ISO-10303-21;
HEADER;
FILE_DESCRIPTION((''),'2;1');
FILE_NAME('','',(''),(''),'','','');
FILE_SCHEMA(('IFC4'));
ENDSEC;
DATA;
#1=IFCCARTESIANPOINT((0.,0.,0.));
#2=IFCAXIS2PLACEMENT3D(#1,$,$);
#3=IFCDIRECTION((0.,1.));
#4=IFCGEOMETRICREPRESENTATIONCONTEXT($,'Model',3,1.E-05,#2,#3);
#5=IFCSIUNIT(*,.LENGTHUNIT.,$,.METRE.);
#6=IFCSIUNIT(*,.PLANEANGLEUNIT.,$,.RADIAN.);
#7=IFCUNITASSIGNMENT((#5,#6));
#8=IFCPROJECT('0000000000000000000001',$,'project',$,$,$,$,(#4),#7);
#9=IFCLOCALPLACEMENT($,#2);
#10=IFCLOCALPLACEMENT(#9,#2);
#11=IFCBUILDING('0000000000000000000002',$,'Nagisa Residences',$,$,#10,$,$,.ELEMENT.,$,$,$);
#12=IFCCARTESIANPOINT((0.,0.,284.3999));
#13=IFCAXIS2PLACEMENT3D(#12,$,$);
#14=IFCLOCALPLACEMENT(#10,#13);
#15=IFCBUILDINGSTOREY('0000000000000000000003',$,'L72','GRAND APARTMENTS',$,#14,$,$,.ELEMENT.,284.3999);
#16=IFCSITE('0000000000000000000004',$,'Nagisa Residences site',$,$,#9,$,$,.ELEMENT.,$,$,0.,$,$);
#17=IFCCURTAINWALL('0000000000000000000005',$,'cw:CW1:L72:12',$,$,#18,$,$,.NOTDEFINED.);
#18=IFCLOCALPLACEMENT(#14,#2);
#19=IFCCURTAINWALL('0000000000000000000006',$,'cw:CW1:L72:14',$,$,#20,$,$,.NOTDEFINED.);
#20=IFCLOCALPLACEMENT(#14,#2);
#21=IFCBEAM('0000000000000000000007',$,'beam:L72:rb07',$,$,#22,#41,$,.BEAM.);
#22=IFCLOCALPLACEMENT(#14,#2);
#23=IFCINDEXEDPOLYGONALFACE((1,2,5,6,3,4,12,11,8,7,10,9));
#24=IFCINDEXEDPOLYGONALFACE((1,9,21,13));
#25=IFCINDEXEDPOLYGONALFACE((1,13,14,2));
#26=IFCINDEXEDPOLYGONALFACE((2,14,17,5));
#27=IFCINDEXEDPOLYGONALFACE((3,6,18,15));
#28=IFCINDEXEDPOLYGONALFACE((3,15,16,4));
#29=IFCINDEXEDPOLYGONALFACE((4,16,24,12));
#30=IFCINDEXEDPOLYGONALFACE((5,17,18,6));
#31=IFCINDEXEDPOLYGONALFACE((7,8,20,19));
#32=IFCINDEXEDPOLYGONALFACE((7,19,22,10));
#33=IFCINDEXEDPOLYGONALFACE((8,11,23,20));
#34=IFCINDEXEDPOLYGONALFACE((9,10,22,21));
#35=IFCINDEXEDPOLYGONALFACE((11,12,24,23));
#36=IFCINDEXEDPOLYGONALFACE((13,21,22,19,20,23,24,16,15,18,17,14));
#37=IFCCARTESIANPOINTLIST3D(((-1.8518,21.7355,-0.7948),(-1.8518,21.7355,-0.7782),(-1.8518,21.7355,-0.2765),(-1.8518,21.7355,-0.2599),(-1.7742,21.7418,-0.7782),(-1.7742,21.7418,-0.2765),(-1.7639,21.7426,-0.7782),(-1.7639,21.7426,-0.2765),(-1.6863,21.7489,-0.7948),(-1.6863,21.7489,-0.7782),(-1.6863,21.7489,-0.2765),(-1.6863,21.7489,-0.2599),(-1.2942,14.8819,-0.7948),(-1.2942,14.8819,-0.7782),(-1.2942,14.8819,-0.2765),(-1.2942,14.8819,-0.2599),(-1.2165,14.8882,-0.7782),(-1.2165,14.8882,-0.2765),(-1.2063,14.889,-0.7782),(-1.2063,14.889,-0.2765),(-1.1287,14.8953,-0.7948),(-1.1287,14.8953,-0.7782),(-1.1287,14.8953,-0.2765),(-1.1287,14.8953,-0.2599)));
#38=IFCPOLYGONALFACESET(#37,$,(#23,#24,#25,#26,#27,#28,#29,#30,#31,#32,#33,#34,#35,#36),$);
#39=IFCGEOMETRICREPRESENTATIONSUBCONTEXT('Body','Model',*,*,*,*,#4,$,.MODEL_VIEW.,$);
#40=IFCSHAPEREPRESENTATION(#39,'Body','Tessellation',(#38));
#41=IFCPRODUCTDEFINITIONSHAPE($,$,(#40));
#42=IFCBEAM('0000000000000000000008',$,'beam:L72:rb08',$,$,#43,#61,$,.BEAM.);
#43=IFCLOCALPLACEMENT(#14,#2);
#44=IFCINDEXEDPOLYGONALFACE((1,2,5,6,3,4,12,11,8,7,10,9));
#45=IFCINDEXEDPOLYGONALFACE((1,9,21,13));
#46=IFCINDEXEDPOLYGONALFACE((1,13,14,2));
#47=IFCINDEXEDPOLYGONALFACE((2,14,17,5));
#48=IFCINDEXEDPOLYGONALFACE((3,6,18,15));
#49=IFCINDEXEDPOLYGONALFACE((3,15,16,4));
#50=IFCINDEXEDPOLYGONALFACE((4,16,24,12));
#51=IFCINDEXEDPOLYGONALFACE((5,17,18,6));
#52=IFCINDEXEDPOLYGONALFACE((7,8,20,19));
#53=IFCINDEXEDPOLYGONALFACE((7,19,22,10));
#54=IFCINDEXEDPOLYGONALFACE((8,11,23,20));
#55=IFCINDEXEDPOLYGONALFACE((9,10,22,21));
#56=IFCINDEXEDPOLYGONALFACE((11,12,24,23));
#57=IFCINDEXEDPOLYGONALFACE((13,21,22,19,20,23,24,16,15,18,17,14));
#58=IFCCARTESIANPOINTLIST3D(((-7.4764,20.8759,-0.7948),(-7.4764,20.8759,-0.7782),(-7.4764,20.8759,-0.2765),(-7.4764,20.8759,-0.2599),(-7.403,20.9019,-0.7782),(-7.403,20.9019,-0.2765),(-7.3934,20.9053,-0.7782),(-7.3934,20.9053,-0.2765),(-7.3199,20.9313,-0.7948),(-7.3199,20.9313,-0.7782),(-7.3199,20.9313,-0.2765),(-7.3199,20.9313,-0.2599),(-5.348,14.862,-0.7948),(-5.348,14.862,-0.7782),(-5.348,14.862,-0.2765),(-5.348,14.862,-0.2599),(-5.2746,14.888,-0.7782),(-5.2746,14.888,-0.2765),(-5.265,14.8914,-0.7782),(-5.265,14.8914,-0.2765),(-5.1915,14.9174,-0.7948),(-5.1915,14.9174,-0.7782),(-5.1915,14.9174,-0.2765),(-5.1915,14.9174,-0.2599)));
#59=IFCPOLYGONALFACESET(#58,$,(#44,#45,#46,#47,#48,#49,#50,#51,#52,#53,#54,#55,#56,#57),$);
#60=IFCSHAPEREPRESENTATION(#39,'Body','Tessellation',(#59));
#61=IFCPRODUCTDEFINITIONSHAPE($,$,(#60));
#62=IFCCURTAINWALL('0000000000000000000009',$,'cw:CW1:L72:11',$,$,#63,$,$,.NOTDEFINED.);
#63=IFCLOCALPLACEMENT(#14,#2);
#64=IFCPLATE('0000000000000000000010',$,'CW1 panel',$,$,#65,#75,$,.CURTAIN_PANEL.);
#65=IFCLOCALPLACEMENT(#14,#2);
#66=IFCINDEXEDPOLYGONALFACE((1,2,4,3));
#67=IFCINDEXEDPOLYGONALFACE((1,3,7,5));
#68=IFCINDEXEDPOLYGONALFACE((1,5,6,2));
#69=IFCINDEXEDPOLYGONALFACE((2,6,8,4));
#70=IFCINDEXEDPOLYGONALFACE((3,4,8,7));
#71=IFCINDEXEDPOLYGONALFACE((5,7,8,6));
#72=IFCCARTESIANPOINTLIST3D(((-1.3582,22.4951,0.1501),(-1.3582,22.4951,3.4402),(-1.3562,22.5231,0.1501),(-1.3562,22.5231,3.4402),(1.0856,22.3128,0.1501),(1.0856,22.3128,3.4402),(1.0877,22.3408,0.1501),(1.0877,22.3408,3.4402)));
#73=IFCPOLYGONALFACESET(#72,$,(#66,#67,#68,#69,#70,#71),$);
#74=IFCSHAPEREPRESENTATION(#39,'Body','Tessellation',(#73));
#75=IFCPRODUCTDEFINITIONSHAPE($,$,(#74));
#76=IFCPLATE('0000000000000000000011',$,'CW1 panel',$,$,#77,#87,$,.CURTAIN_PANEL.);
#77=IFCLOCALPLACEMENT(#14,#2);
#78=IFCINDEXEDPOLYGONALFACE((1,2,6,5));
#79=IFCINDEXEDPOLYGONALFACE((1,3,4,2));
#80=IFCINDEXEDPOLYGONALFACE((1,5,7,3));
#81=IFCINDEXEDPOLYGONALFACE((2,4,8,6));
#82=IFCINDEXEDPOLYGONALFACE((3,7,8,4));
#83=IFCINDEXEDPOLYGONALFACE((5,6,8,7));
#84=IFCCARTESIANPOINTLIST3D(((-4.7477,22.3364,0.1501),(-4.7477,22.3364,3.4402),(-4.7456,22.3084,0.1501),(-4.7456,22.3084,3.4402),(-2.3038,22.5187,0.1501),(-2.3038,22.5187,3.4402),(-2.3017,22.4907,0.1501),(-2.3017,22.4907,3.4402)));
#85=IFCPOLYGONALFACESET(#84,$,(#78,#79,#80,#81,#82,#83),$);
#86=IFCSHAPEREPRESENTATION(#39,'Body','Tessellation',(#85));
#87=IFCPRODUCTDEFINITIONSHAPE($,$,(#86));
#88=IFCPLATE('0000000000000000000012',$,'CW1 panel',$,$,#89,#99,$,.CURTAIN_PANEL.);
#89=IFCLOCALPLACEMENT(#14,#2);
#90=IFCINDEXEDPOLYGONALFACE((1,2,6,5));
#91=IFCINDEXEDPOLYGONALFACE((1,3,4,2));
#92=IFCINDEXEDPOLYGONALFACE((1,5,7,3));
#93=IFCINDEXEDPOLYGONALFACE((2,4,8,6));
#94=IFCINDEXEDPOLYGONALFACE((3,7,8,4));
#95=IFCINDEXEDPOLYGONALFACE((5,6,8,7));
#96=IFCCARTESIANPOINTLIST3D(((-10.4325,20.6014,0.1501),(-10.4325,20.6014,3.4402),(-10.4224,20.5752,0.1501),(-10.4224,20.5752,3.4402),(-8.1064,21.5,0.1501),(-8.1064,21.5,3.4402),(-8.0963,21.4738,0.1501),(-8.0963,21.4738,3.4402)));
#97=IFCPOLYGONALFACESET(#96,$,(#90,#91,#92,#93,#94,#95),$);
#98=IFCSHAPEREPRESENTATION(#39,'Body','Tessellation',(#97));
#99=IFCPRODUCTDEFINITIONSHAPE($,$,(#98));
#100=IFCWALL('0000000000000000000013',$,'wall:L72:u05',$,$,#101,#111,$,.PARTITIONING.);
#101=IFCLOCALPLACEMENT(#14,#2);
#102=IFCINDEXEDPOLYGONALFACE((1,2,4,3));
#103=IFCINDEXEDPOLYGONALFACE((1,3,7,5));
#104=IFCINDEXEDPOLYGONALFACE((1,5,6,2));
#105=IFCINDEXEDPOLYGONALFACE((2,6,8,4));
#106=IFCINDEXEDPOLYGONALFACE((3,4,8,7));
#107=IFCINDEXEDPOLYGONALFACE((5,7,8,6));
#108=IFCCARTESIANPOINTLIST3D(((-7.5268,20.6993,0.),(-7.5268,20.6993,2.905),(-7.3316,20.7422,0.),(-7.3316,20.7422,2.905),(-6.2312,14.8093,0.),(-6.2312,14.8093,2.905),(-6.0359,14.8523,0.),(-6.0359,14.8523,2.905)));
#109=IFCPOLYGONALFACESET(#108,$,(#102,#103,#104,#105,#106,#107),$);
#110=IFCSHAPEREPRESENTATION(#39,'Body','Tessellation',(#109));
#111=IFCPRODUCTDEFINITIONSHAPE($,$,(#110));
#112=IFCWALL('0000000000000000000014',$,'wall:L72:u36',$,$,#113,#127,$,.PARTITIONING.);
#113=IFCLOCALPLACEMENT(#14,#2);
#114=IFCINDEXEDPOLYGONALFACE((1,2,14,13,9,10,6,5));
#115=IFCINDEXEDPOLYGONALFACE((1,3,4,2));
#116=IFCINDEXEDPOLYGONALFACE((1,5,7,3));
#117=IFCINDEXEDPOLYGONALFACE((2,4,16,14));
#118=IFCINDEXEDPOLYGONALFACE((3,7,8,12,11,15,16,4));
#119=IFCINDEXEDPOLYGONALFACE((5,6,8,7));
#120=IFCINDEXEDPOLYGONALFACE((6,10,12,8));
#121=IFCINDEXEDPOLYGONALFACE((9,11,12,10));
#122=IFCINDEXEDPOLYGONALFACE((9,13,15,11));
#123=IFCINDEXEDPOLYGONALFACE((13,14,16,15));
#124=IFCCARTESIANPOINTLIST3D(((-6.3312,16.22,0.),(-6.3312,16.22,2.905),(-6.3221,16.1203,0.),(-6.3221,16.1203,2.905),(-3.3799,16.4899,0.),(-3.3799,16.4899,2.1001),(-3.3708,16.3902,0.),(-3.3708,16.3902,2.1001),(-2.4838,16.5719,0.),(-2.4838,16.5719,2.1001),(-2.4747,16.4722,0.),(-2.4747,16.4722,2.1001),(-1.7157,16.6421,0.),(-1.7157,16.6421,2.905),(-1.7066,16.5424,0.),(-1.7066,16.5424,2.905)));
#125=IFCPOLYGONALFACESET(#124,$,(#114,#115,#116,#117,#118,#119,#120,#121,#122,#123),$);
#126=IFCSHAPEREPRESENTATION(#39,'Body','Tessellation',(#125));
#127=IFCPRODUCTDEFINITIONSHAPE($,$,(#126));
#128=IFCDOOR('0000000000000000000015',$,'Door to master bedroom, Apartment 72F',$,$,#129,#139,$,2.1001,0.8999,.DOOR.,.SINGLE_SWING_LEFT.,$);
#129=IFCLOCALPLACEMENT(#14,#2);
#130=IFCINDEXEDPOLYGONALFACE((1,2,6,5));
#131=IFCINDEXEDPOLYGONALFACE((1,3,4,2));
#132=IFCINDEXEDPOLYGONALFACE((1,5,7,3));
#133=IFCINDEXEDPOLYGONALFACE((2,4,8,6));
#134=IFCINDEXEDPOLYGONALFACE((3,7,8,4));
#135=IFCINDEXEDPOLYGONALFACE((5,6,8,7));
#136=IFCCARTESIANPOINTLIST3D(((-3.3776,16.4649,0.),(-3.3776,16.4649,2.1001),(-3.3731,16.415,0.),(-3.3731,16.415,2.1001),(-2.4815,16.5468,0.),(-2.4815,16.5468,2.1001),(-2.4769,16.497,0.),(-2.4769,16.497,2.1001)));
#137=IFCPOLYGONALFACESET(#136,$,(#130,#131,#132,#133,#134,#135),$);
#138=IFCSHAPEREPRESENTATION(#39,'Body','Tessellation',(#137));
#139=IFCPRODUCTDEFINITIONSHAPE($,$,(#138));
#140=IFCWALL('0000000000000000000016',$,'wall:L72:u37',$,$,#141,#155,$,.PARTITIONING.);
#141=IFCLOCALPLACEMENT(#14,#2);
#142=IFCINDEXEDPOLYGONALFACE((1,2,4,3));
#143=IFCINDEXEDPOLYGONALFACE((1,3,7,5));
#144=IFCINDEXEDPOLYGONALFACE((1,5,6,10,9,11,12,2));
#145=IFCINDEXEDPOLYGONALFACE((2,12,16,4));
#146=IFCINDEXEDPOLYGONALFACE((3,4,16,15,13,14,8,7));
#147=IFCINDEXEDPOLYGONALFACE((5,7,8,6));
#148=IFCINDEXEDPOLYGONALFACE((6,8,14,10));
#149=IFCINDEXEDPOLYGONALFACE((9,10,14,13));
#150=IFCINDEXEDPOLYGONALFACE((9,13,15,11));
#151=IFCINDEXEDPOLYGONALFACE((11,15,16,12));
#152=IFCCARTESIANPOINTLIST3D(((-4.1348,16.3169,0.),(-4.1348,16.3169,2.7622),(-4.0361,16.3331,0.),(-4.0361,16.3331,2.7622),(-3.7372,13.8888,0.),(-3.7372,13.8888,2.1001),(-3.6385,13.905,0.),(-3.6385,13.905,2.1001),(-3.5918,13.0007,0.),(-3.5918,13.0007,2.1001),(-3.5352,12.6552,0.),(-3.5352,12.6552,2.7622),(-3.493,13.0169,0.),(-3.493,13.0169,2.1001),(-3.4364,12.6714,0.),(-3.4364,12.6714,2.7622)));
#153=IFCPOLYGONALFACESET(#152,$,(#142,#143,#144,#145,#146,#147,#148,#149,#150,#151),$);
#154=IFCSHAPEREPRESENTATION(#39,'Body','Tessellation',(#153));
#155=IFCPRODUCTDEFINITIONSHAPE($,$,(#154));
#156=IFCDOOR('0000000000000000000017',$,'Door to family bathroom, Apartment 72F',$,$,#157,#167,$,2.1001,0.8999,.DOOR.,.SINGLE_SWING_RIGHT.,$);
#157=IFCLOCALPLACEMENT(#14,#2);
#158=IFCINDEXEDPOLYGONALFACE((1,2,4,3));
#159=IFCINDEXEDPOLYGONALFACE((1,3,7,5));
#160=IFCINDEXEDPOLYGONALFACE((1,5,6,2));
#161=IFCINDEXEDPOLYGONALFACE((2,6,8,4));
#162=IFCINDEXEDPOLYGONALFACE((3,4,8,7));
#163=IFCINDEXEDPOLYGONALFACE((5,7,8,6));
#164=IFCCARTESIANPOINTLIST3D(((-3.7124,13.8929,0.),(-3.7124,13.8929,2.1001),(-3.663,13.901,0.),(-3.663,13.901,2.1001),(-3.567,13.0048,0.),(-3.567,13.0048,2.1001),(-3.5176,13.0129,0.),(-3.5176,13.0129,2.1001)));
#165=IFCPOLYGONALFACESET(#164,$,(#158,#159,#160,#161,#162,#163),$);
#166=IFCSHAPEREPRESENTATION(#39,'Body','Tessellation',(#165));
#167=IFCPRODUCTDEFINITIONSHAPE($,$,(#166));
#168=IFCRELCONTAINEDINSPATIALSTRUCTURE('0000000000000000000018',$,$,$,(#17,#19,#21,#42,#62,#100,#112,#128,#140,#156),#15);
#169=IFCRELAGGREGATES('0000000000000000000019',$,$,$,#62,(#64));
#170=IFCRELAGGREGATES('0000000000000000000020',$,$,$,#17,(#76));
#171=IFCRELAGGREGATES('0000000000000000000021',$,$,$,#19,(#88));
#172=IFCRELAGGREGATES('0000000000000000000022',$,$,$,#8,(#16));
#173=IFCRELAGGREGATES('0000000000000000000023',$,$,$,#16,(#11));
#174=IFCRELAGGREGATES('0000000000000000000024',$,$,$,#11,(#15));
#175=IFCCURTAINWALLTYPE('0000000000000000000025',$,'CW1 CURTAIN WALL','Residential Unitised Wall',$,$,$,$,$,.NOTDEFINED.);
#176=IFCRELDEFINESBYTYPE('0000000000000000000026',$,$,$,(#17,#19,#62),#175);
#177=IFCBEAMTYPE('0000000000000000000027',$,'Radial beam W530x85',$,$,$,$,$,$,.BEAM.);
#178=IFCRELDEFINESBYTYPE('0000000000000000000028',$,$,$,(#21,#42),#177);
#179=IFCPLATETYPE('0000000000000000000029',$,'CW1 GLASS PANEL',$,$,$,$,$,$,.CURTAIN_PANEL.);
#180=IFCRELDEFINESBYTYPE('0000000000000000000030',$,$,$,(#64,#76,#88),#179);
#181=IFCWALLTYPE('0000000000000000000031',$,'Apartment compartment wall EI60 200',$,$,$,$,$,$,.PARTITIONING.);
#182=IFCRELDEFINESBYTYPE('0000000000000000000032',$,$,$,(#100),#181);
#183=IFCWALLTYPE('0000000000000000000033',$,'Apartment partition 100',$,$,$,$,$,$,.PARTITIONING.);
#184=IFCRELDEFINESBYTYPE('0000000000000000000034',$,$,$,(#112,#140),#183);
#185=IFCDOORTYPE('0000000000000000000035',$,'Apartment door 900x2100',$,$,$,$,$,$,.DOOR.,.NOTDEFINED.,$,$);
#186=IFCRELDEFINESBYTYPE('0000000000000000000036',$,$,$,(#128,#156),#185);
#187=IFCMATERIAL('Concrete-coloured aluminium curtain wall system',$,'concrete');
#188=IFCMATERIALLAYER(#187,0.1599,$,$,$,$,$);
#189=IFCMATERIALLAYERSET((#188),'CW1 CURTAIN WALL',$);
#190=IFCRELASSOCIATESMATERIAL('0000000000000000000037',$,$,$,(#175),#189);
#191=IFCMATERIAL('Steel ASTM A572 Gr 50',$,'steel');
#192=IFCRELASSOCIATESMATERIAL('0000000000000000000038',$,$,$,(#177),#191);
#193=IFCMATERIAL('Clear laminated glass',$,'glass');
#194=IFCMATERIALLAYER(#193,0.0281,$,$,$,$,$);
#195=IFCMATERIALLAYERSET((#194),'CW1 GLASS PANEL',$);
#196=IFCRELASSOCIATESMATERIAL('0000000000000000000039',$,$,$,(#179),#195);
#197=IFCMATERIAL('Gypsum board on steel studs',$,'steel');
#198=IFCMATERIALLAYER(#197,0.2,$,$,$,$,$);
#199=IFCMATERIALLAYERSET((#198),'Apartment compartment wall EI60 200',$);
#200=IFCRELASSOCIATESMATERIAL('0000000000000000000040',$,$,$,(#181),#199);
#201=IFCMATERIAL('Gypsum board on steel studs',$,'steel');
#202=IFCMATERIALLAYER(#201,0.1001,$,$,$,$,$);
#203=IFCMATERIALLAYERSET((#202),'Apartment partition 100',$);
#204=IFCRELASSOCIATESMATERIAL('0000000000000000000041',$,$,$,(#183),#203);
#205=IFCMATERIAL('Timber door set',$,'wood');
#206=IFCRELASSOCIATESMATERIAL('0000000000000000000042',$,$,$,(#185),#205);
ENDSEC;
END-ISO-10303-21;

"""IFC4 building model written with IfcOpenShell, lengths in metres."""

from ifc_helpers import new_model, si_unit, direction, frame, frame_2d, origin, origin_2d, place, context, subcontext, project, spatial, rectangle, i_section, extrude, material, layer, layer_set, material_profile, profile_set, type_object, element, fill, aggregate, save


model = new_model("IFC4")

# Units and contexts
model_context = context("Model", 3, precision=1e-05, world=origin(), true_north=direction((0.0, 1.0)))
body_context = subcontext(model_context, "Body", "Model", "MODEL_VIEW")
ifc_project = project(units=[si_unit("LENGTHUNIT", "METRE"), si_unit("PLANEANGLEUNIT", "RADIAN")], contexts=[model_context])

# Site, building, storey
site_placement = place(None, origin())
site = spatial("IfcSite", under=ifc_project, at=site_placement, Name="Nagisa Residences site", CompositionType="ELEMENT", RefElevation=0.0)
building_placement = place(site_placement, origin())
building = spatial("IfcBuilding", under=site, at=building_placement, Name="Nagisa Residences", CompositionType="ELEMENT")
storey_placement = place(building_placement, frame((0.0, 0.0, 284.3999)))
storey = spatial("IfcBuildingStorey", under=building, at=storey_placement, Name="L72", Description="GRAND APARTMENTS", CompositionType="ELEMENT", Elevation=284.3999)

# Curtain walls
ifc_material_1 = material(Name="Concrete-coloured aluminium curtain wall system", Category="concrete")
ifc_layer_1 = layer(ifc_material_1, 0.1599)
ifc_layer_set_1 = layer_set([ifc_layer_1], Name="CW1 CURTAIN WALL")
curtain_wall_type = type_object("IfcCurtainWallType", Name="CW1 CURTAIN WALL", Description="Residential Unitised Wall", PredefinedType="NOTDEFINED", material=ifc_layer_set_1)
curtain_wall_1_placement = place(storey_placement, origin())
curtain_wall_1 = element("IfcCurtainWall", 1, at=curtain_wall_1_placement, inside=storey, type_object=curtain_wall_type, Name="cw:CW1:L72:12", PredefinedType="NOTDEFINED")
curtain_wall_2_placement = place(storey_placement, origin())
curtain_wall_2 = element("IfcCurtainWall", 2, at=curtain_wall_2_placement, inside=storey, type_object=curtain_wall_type, Name="cw:CW1:L72:14", PredefinedType="NOTDEFINED")

# Beams
ifc_material_2 = material(Name="Steel ASTM A572 Gr 50", Category="steel")
ifc_material_profile_1 = material_profile(ifc_material_2, i_section(OverallWidth=0.166, OverallDepth=0.5349, WebThickness=0.0103, FlangeThickness=0.0166, at=origin_2d()), Name="W530x85")
ifc_profile_set_1 = profile_set([ifc_material_profile_1], Name="Steel ASTM A572 Gr 50")
beam_type_1 = type_object("IfcBeamType", Name="Radial beam W530x85", PredefinedType="BEAM", material=ifc_profile_set_1)
beam_1_placement = place(storey_placement, frame((-1.769, 21.7422, -0.5273), z_axis=(0.081094, -0.996706, 0.0), x_axis=(0.996706, 0.081094, 0.0)))
element("IfcBeam", 3, at=beam_1_placement, inside=storey, type_object=beam_type_1, Name="beam:L72:rb07", PredefinedType="BEAM", context=body_context, shape_type="SweptSolid", body=[
    extrude(i_section(OverallWidth=0.166, OverallDepth=0.5349, WebThickness=0.0103, FlangeThickness=0.0166, at=origin_2d()), origin(), (0.0, 0.0, 1.0), 6.8762),
])
beam_2_placement = place(storey_placement, frame((-7.3982, 20.9036, -0.5273), z_axis=(0.333637, -0.942702, 0.0), x_axis=(0.942702, 0.333637, 0.0)))
element("IfcBeam", 4, at=beam_2_placement, inside=storey, type_object=beam_type_1, Name="beam:L72:rb08", PredefinedType="BEAM", context=body_context, shape_type="SweptSolid", body=[
    extrude(i_section(OverallWidth=0.166, OverallDepth=0.5349, WebThickness=0.0103, FlangeThickness=0.0166, at=origin_2d()), origin(), (0.0, 0.0, 1.0), 6.3794),
])

# Curtain wall, plate
curtain_wall_3_placement = place(storey_placement, origin())
curtain_wall_3 = element("IfcCurtainWall", 5, at=curtain_wall_3_placement, inside=storey, type_object=curtain_wall_type, Name="cw:CW1:L72:11", PredefinedType="NOTDEFINED")
ifc_material_3 = material(Name="Clear laminated glass", Category="glass")
ifc_layer_2 = layer(ifc_material_3, 0.0281)
ifc_layer_set_2 = layer_set([ifc_layer_2], Name="CW1 GLASS PANEL")
plate_type = type_object("IfcPlateType", Name="CW1 GLASS PANEL", PredefinedType="CURTAIN_PANEL", material=ifc_layer_set_2)
plate_1_placement = place(storey_placement, frame((-0.1353, 22.418, 0.1501), z_axis=(0.0, 0.0, 1.0), x_axis=(-0.99723, 0.074377, 0.0)))
plate_1 = element("IfcPlate", 6, at=plate_1_placement, type_object=plate_type, Name="CW1 panel", PredefinedType="CURTAIN_PANEL", context=body_context, shape_type="SweptSolid", body=[
    extrude(rectangle(XDim=2.4507, YDim=0.0281, at=origin_2d()), origin(), (0.0, 0.0, 1.0), 3.29),
])
aggregate(curtain_wall_3, [plate_1])

# Plates
plate_2_placement = place(storey_placement, frame((-3.5247, 22.4136, 0.1501), z_axis=(0.0, 0.0, 1.0), x_axis=(-0.99723, -0.074377, 0.0)))
plate_2 = element("IfcPlate", 7, at=plate_2_placement, type_object=plate_type, Name="CW1 panel", PredefinedType="CURTAIN_PANEL", context=body_context, shape_type="SweptSolid", body=[
    extrude(rectangle(XDim=2.4507, YDim=0.0281, at=origin_2d()), origin(), (0.0, 0.0, 1.0), 3.29),
])
aggregate(curtain_wall_1, [plate_2])
plate_3_placement = place(storey_placement, frame((-9.2644, 21.0376, 0.1501), z_axis=(0.0, 0.0, 1.0), x_axis=(-0.932826, -0.360328, 0.0)))
plate_3 = element("IfcPlate", 8, at=plate_3_placement, type_object=plate_type, Name="CW1 panel", PredefinedType="CURTAIN_PANEL", context=body_context, shape_type="SweptSolid", body=[
    extrude(rectangle(XDim=2.4937, YDim=0.0281, at=origin_2d()), origin(), (0.0, 0.0, 1.0), 3.29),
])
aggregate(curtain_wall_2, [plate_3])

# Wall
ifc_material_4 = material(Name="Gypsum board on steel studs", Category="steel")
ifc_layer_3 = layer(ifc_material_4, 0.2)
ifc_layer_set_3 = layer_set([ifc_layer_3], Name="Apartment compartment wall EI60 200")
wall_type_1 = type_object("IfcWallType", Name="Apartment compartment wall EI60 200", PredefinedType="PARTITIONING", material=ifc_layer_set_3)
wall_1_placement = place(storey_placement, frame((-6.1335, 14.8308, 0.0), z_axis=(0.0, 0.0, 1.0), x_axis=(-0.214842, 0.976649, 0.0)))
element("IfcWall", 9, at=wall_1_placement, inside=storey, type_object=wall_type_1, Name="wall:L72:u05", PredefinedType="PARTITIONING", context=body_context, shape_type="SweptSolid", body=[
    extrude(rectangle(XDim=6.0308, YDim=0.2, at=frame_2d((3.0154, 0.0))), origin(), (0.0, 0.0, 1.0), 2.905),
])

# Walls, openings, doors
ifc_material_5 = material(Name="Gypsum board on steel studs", Category="steel")
ifc_layer_4 = layer(ifc_material_5, 0.1001)
ifc_layer_set_4 = layer_set([ifc_layer_4], Name="Apartment partition 100")
wall_type_2 = type_object("IfcWallType", Name="Apartment partition 100", PredefinedType="PARTITIONING", material=ifc_layer_set_4)
wall_2_placement = place(storey_placement, frame((-1.7112, 16.5923, 0.0), z_axis=(0.0, 0.0, 1.0), x_axis=(-0.995844, -0.091077, 0.0)))
wall_2 = element("IfcWall", 10, at=wall_2_placement, inside=storey, type_object=wall_type_2, Name="wall:L72:u36", PredefinedType="PARTITIONING", context=body_context, shape_type="SweptSolid", body=[
    extrude(rectangle(XDim=4.6348, YDim=0.1001, at=frame_2d((2.3174, 0.0))), origin(), (0.0, 0.0, 1.0), 2.905),
])
opening_1_placement = place(wall_2_placement, frame((0.7712, 0.0, 0.0)))
opening_1 = element("IfcOpeningElement", 11, at=opening_1_placement, cuts=wall_2, PredefinedType="OPENING", context=body_context, shape_type="SweptSolid", body=[
    extrude(rectangle(XDim=0.8999, YDim=2.1001, at=frame_2d((0.45, 1.05))), frame((0.0, 0.0601, 0.0), z_axis=(0.0, -1.0, 0.0), x_axis=(1.0, 0.0, 0.0)), (0.0, 0.0, 1.0), 0.1201),
])
ifc_material_6 = material(Name="Timber door set", Category="wood")
door_type_1 = type_object("IfcDoorType", Name="Apartment door 900x2100", OperationType="NOTDEFINED", PredefinedType="DOOR", material=ifc_material_6)
door_1_placement = place(opening_1_placement, frame((0.8999, 0.0, 0.0), x_axis=(-1.0, 0.0, 0.0)))
door_1 = element("IfcDoor", 12, at=door_1_placement, inside=storey, type_object=door_type_1, Name="Door to master bedroom, Apartment 72F", OperationType="SINGLE_SWING_LEFT", OverallHeight=2.1001, OverallWidth=0.8999, PredefinedType="DOOR", context=body_context, shape_type="SweptSolid", body=[
    extrude(rectangle(XDim=0.8999, YDim=2.1001, at=frame_2d((0.45, 1.05))), frame((0.0, 0.0249, 0.0), z_axis=(0.0, -1.0, 0.0), x_axis=(1.0, 0.0, 0.0)), (0.0, 0.0, 1.0), 0.05),
])
fill(opening_1, door_1)
wall_3_placement = place(storey_placement, frame((-3.4858, 12.6633, 0.0), z_axis=(0.0, 0.0, 1.0), x_axis=(-0.161603, 0.986856, 0.0)))
wall_3 = element("IfcWall", 13, at=wall_3_placement, inside=storey, type_object=wall_type_2, Name="wall:L72:u37", PredefinedType="PARTITIONING", context=body_context, shape_type="SweptSolid", body=[
    extrude(rectangle(XDim=3.7104, YDim=0.1001, at=frame_2d((1.8552, 0.0))), origin(), (0.0, 0.0, 1.0), 2.7622),
])
opening_2_placement = place(wall_3_placement, frame((0.3501, 0.0, 0.0)))
opening_2 = element("IfcOpeningElement", 14, at=opening_2_placement, cuts=wall_3, PredefinedType="OPENING", context=body_context, shape_type="SweptSolid", body=[
    extrude(rectangle(XDim=0.8999, YDim=2.1001, at=frame_2d((0.45, 1.05))), frame((0.0, 0.0601, 0.0), z_axis=(0.0, -1.0, 0.0), x_axis=(1.0, 0.0, 0.0)), (0.0, 0.0, 1.0), 0.1201),
])
door_2_placement = place(opening_2_placement, origin())
door_2 = element("IfcDoor", 15, at=door_2_placement, inside=storey, type_object=door_type_1, Name="Door to family bathroom, Apartment 72F", OperationType="SINGLE_SWING_RIGHT", OverallHeight=2.1001, OverallWidth=0.8999, PredefinedType="DOOR", context=body_context, shape_type="SweptSolid", body=[
    extrude(rectangle(XDim=0.8999, YDim=2.1001, at=frame_2d((0.45, 1.05))), frame((0.0, 0.0249, 0.0), z_axis=(0.0, -1.0, 0.0), x_axis=(1.0, 0.0, 0.0)), (0.0, 0.0, 1.0), 0.05),
])
fill(opening_2, door_2)

save(model, "model.ifc")
